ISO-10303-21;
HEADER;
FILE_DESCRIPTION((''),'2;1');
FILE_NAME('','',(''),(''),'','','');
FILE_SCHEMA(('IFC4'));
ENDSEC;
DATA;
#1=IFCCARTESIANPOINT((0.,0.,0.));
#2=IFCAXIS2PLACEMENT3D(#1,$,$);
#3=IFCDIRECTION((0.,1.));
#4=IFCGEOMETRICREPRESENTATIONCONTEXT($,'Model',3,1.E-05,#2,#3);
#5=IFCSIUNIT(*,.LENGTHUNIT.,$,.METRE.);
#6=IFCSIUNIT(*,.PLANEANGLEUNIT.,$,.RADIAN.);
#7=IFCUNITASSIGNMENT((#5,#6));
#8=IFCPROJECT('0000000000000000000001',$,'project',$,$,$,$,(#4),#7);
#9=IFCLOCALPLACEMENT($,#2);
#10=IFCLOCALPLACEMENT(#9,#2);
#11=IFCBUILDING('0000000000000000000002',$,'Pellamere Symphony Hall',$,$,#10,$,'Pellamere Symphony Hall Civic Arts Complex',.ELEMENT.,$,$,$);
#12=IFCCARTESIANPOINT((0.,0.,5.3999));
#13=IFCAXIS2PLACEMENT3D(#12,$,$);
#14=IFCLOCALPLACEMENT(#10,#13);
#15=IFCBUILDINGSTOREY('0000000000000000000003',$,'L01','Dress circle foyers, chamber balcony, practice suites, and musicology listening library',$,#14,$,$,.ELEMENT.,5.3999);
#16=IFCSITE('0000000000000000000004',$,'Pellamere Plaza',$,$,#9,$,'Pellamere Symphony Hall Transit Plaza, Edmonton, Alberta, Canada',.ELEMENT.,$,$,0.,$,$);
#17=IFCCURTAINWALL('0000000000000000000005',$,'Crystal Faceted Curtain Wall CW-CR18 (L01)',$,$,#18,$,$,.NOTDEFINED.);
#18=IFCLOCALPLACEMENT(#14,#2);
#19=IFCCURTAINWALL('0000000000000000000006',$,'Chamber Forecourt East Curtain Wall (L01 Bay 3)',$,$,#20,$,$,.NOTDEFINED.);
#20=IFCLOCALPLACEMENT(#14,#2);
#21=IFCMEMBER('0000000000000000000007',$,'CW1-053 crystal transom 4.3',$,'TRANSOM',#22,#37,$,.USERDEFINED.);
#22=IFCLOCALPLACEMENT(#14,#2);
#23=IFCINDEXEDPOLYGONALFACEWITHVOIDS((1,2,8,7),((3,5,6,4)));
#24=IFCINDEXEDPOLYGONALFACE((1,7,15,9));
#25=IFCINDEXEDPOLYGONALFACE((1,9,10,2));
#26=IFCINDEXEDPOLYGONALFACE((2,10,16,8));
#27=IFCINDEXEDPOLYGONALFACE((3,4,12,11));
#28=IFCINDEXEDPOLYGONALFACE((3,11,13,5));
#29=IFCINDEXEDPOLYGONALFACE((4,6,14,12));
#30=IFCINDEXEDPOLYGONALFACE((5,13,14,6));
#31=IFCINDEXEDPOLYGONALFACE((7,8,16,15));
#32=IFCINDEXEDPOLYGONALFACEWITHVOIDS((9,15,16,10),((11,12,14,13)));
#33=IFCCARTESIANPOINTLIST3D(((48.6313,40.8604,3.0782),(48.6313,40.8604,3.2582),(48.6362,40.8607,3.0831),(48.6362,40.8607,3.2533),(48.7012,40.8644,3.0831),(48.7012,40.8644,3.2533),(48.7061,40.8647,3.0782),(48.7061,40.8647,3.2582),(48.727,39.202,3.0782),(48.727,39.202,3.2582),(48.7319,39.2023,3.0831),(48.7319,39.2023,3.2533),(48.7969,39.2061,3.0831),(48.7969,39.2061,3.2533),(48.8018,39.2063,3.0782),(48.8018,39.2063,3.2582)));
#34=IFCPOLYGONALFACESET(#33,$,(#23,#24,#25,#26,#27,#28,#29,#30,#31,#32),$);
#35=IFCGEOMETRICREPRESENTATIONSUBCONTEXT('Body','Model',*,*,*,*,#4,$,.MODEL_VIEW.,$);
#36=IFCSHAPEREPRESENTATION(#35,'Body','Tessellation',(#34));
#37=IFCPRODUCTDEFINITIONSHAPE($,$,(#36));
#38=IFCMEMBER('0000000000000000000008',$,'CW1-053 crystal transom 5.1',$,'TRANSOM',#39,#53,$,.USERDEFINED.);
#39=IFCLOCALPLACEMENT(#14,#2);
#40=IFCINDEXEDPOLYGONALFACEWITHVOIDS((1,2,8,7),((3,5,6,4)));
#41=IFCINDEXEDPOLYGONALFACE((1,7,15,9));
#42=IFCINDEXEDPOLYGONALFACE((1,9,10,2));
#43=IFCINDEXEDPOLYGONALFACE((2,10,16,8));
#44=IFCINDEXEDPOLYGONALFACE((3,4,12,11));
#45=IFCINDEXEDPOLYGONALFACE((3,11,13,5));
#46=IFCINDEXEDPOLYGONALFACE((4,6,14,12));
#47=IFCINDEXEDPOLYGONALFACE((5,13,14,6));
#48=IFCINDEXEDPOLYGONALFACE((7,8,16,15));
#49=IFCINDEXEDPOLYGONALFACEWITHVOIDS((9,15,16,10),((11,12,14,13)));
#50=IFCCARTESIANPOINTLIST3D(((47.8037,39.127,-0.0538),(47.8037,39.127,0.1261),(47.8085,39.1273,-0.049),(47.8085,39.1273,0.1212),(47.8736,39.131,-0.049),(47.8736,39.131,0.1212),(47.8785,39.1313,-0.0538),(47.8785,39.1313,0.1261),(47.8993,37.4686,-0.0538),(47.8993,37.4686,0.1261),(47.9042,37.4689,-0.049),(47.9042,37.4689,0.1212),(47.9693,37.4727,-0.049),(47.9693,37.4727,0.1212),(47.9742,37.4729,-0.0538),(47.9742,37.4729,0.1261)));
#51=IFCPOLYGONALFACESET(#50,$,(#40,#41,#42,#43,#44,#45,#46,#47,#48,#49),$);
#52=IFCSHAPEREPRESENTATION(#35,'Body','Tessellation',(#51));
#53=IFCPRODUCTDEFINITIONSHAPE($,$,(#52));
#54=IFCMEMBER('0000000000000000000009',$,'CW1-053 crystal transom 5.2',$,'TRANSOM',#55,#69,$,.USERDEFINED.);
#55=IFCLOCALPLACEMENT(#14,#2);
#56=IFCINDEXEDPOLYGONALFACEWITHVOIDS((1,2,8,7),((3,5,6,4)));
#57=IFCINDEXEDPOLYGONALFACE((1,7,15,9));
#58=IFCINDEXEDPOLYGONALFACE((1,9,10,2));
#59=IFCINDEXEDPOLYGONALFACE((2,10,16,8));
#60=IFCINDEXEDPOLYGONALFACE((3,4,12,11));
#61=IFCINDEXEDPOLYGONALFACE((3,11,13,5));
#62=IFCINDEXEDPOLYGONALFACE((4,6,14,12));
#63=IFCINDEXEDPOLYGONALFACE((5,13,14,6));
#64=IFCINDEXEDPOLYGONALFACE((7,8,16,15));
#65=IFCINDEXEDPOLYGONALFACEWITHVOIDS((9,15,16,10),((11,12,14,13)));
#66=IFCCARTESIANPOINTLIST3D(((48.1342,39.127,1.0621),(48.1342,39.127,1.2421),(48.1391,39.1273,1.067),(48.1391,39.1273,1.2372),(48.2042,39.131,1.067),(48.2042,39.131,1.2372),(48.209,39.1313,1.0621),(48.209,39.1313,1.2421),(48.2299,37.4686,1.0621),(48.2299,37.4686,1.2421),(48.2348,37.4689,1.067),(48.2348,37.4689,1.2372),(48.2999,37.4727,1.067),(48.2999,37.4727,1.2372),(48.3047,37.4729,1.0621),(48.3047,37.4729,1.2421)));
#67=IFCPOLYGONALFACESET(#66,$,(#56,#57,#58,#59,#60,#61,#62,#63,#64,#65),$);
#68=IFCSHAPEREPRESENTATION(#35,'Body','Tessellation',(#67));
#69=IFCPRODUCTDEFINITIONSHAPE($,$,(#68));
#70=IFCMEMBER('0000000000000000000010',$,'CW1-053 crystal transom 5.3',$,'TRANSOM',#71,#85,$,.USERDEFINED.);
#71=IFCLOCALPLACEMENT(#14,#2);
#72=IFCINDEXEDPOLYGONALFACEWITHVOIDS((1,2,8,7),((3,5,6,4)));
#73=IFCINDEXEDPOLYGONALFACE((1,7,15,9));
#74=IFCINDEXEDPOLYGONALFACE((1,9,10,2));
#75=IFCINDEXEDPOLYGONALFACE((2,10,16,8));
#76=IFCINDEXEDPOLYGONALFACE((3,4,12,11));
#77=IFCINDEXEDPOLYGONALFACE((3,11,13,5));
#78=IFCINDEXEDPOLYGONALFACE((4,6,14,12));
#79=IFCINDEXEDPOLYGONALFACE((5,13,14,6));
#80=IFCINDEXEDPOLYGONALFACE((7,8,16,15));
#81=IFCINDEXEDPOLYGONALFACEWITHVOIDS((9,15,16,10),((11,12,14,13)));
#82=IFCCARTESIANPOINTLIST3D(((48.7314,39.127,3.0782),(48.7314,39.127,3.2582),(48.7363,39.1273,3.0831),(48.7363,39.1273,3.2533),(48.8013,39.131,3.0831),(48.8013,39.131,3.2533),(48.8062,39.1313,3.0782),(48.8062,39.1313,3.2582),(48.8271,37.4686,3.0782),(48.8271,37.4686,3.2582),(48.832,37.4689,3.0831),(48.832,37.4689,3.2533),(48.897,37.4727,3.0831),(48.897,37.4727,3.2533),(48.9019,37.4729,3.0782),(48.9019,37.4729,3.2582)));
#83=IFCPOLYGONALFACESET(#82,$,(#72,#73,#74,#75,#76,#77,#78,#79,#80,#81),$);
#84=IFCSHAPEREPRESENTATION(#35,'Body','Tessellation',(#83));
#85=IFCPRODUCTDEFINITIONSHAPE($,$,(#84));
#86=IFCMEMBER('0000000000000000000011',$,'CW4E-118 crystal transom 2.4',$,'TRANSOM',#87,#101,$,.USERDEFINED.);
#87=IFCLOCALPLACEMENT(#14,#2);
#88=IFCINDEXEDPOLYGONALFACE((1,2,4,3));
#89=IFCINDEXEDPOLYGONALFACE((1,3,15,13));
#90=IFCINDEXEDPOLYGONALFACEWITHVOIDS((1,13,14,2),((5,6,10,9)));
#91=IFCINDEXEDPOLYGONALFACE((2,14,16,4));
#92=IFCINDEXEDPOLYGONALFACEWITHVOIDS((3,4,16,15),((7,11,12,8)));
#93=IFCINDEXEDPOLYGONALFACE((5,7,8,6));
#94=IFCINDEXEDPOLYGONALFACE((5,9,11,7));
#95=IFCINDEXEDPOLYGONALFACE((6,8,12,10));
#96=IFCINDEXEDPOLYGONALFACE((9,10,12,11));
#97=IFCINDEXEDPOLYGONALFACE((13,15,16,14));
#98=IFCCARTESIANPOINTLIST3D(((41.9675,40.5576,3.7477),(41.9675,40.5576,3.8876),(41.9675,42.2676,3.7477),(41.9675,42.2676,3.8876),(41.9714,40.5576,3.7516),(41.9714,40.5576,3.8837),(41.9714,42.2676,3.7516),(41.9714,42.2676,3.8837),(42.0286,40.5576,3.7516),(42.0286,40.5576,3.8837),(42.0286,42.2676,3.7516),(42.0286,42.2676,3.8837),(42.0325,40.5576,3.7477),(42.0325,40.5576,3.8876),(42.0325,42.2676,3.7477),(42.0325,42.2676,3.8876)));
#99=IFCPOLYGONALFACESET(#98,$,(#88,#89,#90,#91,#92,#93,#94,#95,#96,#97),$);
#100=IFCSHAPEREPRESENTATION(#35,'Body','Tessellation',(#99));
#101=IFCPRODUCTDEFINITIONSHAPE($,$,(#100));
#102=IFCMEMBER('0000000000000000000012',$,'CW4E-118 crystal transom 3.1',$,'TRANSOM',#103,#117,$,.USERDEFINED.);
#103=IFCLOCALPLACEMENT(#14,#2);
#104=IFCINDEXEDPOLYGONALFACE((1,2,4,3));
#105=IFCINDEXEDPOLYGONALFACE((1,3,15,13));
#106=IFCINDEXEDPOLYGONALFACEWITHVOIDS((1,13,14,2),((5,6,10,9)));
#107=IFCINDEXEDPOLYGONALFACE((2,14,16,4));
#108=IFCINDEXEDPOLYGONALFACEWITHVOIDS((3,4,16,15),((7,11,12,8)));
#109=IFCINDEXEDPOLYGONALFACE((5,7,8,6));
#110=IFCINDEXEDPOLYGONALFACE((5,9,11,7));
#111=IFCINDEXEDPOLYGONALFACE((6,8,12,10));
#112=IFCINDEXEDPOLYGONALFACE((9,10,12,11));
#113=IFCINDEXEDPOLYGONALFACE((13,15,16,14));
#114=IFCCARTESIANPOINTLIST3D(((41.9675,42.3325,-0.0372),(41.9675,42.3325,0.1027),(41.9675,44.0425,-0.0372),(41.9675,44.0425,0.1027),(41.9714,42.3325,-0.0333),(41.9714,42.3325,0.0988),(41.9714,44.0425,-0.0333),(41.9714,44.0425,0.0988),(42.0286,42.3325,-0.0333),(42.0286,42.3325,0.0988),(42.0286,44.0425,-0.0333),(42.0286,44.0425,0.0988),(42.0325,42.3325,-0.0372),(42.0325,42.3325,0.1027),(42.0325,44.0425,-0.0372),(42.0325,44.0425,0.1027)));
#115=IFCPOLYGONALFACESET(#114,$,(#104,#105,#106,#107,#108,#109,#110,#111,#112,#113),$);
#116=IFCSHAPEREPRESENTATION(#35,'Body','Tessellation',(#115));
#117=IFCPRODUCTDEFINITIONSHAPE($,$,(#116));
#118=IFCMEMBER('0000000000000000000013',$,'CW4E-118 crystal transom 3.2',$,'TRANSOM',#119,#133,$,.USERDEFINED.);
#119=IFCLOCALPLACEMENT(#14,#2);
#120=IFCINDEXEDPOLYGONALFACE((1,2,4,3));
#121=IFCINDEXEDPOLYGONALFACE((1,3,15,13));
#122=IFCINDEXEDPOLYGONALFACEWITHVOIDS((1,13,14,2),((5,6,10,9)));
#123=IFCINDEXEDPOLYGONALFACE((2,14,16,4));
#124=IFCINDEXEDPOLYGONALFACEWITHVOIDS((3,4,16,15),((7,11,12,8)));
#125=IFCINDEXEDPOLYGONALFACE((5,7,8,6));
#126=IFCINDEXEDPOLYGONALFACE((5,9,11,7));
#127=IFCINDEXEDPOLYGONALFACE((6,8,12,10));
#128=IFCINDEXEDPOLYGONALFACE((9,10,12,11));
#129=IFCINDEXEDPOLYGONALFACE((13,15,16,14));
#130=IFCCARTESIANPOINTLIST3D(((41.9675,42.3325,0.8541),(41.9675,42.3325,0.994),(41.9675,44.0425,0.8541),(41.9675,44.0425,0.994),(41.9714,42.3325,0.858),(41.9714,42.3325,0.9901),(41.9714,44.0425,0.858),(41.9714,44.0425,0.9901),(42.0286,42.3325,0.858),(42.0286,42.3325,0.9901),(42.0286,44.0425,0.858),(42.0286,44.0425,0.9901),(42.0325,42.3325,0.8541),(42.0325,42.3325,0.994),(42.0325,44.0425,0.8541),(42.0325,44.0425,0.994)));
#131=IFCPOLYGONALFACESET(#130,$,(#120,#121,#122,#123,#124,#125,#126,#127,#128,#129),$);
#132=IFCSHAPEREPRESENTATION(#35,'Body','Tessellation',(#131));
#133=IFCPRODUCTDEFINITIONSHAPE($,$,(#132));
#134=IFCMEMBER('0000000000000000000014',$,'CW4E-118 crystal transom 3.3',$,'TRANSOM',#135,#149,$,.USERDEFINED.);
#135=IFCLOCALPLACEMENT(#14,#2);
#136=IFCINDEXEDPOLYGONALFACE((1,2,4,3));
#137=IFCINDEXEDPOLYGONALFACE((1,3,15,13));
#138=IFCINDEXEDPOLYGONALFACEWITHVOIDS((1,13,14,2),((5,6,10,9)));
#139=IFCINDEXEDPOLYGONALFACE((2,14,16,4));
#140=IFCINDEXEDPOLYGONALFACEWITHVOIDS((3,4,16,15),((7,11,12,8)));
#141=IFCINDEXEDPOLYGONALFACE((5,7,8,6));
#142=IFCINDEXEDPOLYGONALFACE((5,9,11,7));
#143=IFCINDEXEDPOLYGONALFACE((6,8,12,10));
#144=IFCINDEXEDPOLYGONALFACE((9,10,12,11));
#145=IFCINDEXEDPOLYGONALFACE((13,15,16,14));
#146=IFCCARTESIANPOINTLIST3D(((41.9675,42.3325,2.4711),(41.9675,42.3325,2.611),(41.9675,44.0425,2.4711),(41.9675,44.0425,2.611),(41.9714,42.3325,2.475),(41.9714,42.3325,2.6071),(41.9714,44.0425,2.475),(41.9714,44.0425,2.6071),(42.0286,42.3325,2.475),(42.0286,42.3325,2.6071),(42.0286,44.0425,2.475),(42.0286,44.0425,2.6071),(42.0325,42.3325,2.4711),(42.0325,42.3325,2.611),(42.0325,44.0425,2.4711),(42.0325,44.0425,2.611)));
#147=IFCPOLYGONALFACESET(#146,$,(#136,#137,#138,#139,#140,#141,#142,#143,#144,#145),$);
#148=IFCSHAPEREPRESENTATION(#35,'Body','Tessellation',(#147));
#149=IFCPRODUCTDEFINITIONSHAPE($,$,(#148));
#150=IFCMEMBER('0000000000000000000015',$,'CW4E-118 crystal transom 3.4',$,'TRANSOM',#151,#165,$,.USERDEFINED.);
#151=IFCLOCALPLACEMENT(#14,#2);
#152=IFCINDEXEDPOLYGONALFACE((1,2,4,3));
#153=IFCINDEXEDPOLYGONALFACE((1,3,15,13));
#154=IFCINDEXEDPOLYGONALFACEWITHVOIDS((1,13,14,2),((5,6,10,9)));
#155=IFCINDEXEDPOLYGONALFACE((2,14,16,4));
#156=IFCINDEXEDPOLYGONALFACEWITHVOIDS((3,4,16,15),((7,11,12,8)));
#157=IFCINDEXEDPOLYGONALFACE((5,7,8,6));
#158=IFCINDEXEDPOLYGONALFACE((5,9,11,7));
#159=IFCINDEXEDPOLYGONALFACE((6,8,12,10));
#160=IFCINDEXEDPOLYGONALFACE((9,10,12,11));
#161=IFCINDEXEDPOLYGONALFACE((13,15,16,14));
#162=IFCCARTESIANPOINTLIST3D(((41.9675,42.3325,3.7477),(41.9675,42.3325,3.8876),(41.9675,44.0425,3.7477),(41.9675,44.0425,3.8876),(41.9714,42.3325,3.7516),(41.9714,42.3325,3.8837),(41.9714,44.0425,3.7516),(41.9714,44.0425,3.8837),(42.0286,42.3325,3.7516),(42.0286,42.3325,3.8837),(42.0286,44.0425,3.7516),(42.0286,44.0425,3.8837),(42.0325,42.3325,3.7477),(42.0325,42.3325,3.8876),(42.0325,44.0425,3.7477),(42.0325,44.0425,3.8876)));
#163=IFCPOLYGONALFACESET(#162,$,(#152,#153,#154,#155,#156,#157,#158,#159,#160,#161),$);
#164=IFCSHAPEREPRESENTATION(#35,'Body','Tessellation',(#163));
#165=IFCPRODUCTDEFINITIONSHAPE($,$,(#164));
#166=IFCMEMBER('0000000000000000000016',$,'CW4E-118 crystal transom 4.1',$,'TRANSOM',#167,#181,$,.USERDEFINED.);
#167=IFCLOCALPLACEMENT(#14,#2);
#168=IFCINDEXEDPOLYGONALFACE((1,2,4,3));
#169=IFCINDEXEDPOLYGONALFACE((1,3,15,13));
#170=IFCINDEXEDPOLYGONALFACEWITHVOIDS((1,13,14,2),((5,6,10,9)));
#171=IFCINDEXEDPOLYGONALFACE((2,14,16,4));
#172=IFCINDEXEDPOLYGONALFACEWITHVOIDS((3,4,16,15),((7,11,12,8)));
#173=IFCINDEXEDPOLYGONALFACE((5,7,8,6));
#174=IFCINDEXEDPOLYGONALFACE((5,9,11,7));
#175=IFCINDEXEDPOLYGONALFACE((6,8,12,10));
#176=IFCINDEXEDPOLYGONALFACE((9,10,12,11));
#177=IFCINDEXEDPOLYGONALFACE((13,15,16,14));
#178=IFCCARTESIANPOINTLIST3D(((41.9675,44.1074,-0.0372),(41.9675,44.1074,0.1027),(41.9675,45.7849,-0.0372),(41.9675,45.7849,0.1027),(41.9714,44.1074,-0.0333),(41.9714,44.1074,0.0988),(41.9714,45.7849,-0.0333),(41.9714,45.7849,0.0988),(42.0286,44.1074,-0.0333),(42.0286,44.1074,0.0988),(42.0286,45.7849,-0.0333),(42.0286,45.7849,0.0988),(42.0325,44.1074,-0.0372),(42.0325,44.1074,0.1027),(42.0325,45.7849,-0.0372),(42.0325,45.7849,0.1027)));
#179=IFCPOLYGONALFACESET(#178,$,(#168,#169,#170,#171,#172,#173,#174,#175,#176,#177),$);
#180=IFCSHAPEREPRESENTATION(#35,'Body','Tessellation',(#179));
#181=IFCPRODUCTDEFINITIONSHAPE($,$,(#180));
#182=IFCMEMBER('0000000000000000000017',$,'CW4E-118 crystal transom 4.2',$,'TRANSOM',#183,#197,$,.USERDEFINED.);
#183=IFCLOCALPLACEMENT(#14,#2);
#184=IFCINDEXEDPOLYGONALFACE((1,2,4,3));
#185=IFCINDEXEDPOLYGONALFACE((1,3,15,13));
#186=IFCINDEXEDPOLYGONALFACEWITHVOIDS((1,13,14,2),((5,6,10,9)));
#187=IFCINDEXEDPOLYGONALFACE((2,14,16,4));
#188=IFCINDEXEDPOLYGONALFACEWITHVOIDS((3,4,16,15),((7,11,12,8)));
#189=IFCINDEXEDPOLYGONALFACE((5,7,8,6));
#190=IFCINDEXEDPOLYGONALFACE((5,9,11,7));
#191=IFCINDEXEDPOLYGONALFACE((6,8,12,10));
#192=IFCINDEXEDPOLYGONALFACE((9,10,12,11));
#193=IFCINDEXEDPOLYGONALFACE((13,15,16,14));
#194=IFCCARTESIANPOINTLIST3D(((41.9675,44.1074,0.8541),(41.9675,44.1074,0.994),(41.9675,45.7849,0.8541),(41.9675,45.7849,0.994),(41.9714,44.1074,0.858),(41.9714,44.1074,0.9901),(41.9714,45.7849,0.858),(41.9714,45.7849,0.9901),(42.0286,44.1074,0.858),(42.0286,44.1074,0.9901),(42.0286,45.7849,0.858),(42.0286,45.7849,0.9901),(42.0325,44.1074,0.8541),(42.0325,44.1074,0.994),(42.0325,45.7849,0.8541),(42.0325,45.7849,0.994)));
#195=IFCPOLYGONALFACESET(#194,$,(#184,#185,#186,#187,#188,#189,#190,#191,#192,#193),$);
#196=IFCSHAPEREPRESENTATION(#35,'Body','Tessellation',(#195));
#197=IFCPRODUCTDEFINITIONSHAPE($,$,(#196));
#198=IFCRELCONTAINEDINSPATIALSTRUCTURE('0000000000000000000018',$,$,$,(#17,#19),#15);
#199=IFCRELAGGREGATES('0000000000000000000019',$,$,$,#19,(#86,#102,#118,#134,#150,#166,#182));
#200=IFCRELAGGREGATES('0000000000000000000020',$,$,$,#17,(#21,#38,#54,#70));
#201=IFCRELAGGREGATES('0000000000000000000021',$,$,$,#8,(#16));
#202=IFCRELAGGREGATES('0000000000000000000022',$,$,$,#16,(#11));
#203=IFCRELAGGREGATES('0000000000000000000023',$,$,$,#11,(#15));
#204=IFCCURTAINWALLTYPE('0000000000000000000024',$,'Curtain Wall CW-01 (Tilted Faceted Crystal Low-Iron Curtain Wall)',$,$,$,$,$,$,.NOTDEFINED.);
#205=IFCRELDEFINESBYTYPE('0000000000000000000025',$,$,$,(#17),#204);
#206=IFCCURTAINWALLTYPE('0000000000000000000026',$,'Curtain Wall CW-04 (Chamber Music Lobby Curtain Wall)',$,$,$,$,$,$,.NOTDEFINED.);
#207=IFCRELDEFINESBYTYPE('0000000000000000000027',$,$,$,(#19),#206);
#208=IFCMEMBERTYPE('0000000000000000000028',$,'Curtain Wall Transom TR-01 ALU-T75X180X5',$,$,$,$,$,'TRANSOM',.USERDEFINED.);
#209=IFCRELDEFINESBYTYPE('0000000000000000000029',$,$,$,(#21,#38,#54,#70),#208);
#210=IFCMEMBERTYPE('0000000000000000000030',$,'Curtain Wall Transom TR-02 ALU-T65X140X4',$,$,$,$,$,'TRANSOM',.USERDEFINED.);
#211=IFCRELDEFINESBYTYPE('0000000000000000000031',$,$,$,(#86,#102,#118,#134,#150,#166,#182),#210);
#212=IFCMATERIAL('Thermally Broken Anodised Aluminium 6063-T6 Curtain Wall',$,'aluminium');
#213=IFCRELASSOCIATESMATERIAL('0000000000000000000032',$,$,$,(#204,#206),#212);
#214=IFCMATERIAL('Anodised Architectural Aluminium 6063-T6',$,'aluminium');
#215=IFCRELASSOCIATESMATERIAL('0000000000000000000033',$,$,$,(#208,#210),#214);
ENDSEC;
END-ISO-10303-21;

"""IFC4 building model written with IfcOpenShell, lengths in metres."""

from ifc_helpers import new_model, si_unit, direction, frame, origin, origin_2d, place, context, subcontext, project, spatial, hollow_rectangle, extrude, material, material_profile, profile_set, type_object, element, aggregate, save


model = new_model("IFC4")

# Units and contexts
model_context = context("Model", 3, precision=1e-05, world=origin(), true_north=direction((0.0, 1.0)))
body_context = subcontext(model_context, "Body", "Model", "MODEL_VIEW")
ifc_project = project(units=[si_unit("LENGTHUNIT", "METRE"), si_unit("PLANEANGLEUNIT", "RADIAN")], contexts=[model_context])

# Site, building, storey
site_placement = place(None, origin())
site = spatial("IfcSite", under=ifc_project, at=site_placement, Name="Pellamere Plaza", LongName="Pellamere Symphony Hall Transit Plaza, Edmonton, Alberta, Canada", CompositionType="ELEMENT", RefElevation=0.0)
building_placement = place(site_placement, origin())
building = spatial("IfcBuilding", under=site, at=building_placement, Name="Pellamere Symphony Hall", LongName="Pellamere Symphony Hall Civic Arts Complex", CompositionType="ELEMENT")
storey_placement = place(building_placement, frame((0.0, 0.0, 5.3999)))
storey = spatial("IfcBuildingStorey", under=building, at=storey_placement, Name="L01", Description="Dress circle foyers, chamber balcony, practice suites, and musicology listening library", CompositionType="ELEMENT", Elevation=5.3999)

# Curtain walls
ifc_material_1 = material(Name="Thermally Broken Anodised Aluminium 6063-T6 Curtain Wall", Category="aluminium")
curtain_wall_type_1 = type_object("IfcCurtainWallType", Name="Curtain Wall CW-01 (Tilted Faceted Crystal Low-Iron Curtain Wall)", PredefinedType="NOTDEFINED", material=ifc_material_1)
curtain_wall_1_placement = place(storey_placement, origin())
curtain_wall_1 = element("IfcCurtainWall", 1, at=curtain_wall_1_placement, inside=storey, type_object=curtain_wall_type_1, Name="Crystal Faceted Curtain Wall CW-CR18 (L01)", PredefinedType="NOTDEFINED")
ifc_material_2 = material(Name="Anodised Architectural Aluminium 6063-T6", Category="aluminium")
curtain_wall_type_2 = type_object("IfcCurtainWallType", Name="Curtain Wall CW-04 (Chamber Music Lobby Curtain Wall)", PredefinedType="NOTDEFINED", material=ifc_material_1)
curtain_wall_2_placement = place(storey_placement, origin())
curtain_wall_2 = element("IfcCurtainWall", 2, at=curtain_wall_2_placement, inside=storey, type_object=curtain_wall_type_2, Name="Chamber Forecourt East Curtain Wall (L01 Bay 3)", PredefinedType="NOTDEFINED")

# Members
ifc_material_profile_1 = material_profile(ifc_material_2, hollow_rectangle(XDim=0.075, YDim=0.1799, WallThickness=0.0049, at=origin_2d()), Name="ALU-T75X180X5")
ifc_profile_set_1 = profile_set([ifc_material_profile_1], Name="Anodised Architectural Aluminium 6063-T6")
member_type_1 = type_object("IfcMemberType", Name="Curtain Wall Transom TR-01 ALU-T75X180X5", ElementType="TRANSOM", PredefinedType="USERDEFINED", material=ifc_profile_set_1)
member_1_placement = place(storey_placement, frame((48.6687, 40.8625, 3.1682), z_axis=(0.057611, -0.998339, 0.0), x_axis=(0.998339, 0.057611, 0.0)))
member_1 = element("IfcMember", 3, at=member_1_placement, type_object=member_type_1, Name="CW1-053 crystal transom 4.3", ObjectType="TRANSOM", PredefinedType="USERDEFINED", context=body_context, shape_type="SweptSolid", body=[
    extrude(hollow_rectangle(XDim=0.075, YDim=0.1799, WallThickness=0.0049, at=origin_2d()), origin(), (0.0, 0.0, 1.0), 1.6611),
])
member_2_placement = place(storey_placement, frame((47.8411, 39.1292, 0.0361), z_axis=(0.057611, -0.998339, 0.0), x_axis=(0.998339, 0.057611, 0.0)))
member_2 = element("IfcMember", 4, at=member_2_placement, type_object=member_type_1, Name="CW1-053 crystal transom 5.1", ObjectType="TRANSOM", PredefinedType="USERDEFINED", context=body_context, shape_type="SweptSolid", body=[
    extrude(hollow_rectangle(XDim=0.075, YDim=0.1799, WallThickness=0.0049, at=origin_2d()), origin(), (0.0, 0.0, 1.0), 1.6611),
])
member_3_placement = place(storey_placement, frame((48.1716, 39.1292, 1.1521), z_axis=(0.057611, -0.998339, 0.0), x_axis=(0.998339, 0.057611, 0.0)))
member_3 = element("IfcMember", 5, at=member_3_placement, type_object=member_type_1, Name="CW1-053 crystal transom 5.2", ObjectType="TRANSOM", PredefinedType="USERDEFINED", context=body_context, shape_type="SweptSolid", body=[
    extrude(hollow_rectangle(XDim=0.075, YDim=0.1799, WallThickness=0.0049, at=origin_2d()), origin(), (0.0, 0.0, 1.0), 1.6611),
])
member_4_placement = place(storey_placement, frame((48.7688, 39.1292, 3.1682), z_axis=(0.057611, -0.998339, 0.0), x_axis=(0.998339, 0.057611, 0.0)))
member_4 = element("IfcMember", 6, at=member_4_placement, type_object=member_type_1, Name="CW1-053 crystal transom 5.3", ObjectType="TRANSOM", PredefinedType="USERDEFINED", context=body_context, shape_type="SweptSolid", body=[
    extrude(hollow_rectangle(XDim=0.075, YDim=0.1799, WallThickness=0.0049, at=origin_2d()), origin(), (0.0, 0.0, 1.0), 1.6611),
])
ifc_material_profile_2 = material_profile(ifc_material_2, hollow_rectangle(XDim=0.0649, YDim=0.1399, WallThickness=0.0039, at=origin_2d()), Name="ALU-T65X140X4")
ifc_profile_set_2 = profile_set([ifc_material_profile_2], Name="Anodised Architectural Aluminium 6063-T6")
member_type_2 = type_object("IfcMemberType", Name="Curtain Wall Transom TR-02 ALU-T65X140X4", ElementType="TRANSOM", PredefinedType="USERDEFINED", material=ifc_profile_set_2)
member_5_placement = place(storey_placement, frame((42.0, 40.5576, 3.8176), z_axis=(0.0, 1.0, 0.0), x_axis=(-1.0, 0.0, 0.0)))
member_5 = element("IfcMember", 7, at=member_5_placement, type_object=member_type_2, Name="CW4E-118 crystal transom 2.4", ObjectType="TRANSOM", PredefinedType="USERDEFINED", context=body_context, shape_type="SweptSolid", body=[
    extrude(hollow_rectangle(XDim=0.0649, YDim=0.1399, WallThickness=0.0039, at=origin_2d()), origin(), (0.0, 0.0, 1.0), 1.71),
])
member_6_placement = place(storey_placement, frame((42.0, 42.3325, 0.0327), z_axis=(0.0, 1.0, 0.0), x_axis=(-1.0, 0.0, 0.0)))
member_6 = element("IfcMember", 8, at=member_6_placement, type_object=member_type_2, Name="CW4E-118 crystal transom 3.1", ObjectType="TRANSOM", PredefinedType="USERDEFINED", context=body_context, shape_type="SweptSolid", body=[
    extrude(hollow_rectangle(XDim=0.0649, YDim=0.1399, WallThickness=0.0039, at=origin_2d()), origin(), (0.0, 0.0, 1.0), 1.71),
])
member_7_placement = place(storey_placement, frame((42.0, 42.3325, 0.9241), z_axis=(0.0, 1.0, 0.0), x_axis=(-1.0, 0.0, 0.0)))
member_7 = element("IfcMember", 9, at=member_7_placement, type_object=member_type_2, Name="CW4E-118 crystal transom 3.2", ObjectType="TRANSOM", PredefinedType="USERDEFINED", context=body_context, shape_type="SweptSolid", body=[
    extrude(hollow_rectangle(XDim=0.0649, YDim=0.1399, WallThickness=0.0039, at=origin_2d()), origin(), (0.0, 0.0, 1.0), 1.71),
])
member_8_placement = place(storey_placement, frame((42.0, 42.3325, 2.541), z_axis=(0.0, 1.0, 0.0), x_axis=(-1.0, 0.0, 0.0)))
member_8 = element("IfcMember", 10, at=member_8_placement, type_object=member_type_2, Name="CW4E-118 crystal transom 3.3", ObjectType="TRANSOM", PredefinedType="USERDEFINED", context=body_context, shape_type="SweptSolid", body=[
    extrude(hollow_rectangle(XDim=0.0649, YDim=0.1399, WallThickness=0.0039, at=origin_2d()), origin(), (0.0, 0.0, 1.0), 1.71),
])
member_9_placement = place(storey_placement, frame((42.0, 42.3325, 3.8176), z_axis=(0.0, 1.0, 0.0), x_axis=(-1.0, 0.0, 0.0)))
member_9 = element("IfcMember", 11, at=member_9_placement, type_object=member_type_2, Name="CW4E-118 crystal transom 3.4", ObjectType="TRANSOM", PredefinedType="USERDEFINED", context=body_context, shape_type="SweptSolid", body=[
    extrude(hollow_rectangle(XDim=0.0649, YDim=0.1399, WallThickness=0.0039, at=origin_2d()), origin(), (0.0, 0.0, 1.0), 1.71),
])
member_10_placement = place(storey_placement, frame((42.0, 44.1074, 0.0327), z_axis=(0.0, 1.0, 0.0), x_axis=(-1.0, 0.0, 0.0)))
member_10 = element("IfcMember", 12, at=member_10_placement, type_object=member_type_2, Name="CW4E-118 crystal transom 4.1", ObjectType="TRANSOM", PredefinedType="USERDEFINED", context=body_context, shape_type="SweptSolid", body=[
    extrude(hollow_rectangle(XDim=0.0649, YDim=0.1399, WallThickness=0.0039, at=origin_2d()), origin(), (0.0, 0.0, 1.0), 1.6775),
])
member_11_placement = place(storey_placement, frame((42.0, 44.1074, 0.9241), z_axis=(0.0, 1.0, 0.0), x_axis=(-1.0, 0.0, 0.0)))
member_11 = element("IfcMember", 13, at=member_11_placement, type_object=member_type_2, Name="CW4E-118 crystal transom 4.2", ObjectType="TRANSOM", PredefinedType="USERDEFINED", context=body_context, shape_type="SweptSolid", body=[
    extrude(hollow_rectangle(XDim=0.0649, YDim=0.1399, WallThickness=0.0039, at=origin_2d()), origin(), (0.0, 0.0, 1.0), 1.6775),
])

aggregate(curtain_wall_2, [member_5, member_6, member_7, member_8, member_9, member_10, member_11])
aggregate(curtain_wall_1, [member_1, member_2, member_3, member_4])

save(model, "model.ifc")
